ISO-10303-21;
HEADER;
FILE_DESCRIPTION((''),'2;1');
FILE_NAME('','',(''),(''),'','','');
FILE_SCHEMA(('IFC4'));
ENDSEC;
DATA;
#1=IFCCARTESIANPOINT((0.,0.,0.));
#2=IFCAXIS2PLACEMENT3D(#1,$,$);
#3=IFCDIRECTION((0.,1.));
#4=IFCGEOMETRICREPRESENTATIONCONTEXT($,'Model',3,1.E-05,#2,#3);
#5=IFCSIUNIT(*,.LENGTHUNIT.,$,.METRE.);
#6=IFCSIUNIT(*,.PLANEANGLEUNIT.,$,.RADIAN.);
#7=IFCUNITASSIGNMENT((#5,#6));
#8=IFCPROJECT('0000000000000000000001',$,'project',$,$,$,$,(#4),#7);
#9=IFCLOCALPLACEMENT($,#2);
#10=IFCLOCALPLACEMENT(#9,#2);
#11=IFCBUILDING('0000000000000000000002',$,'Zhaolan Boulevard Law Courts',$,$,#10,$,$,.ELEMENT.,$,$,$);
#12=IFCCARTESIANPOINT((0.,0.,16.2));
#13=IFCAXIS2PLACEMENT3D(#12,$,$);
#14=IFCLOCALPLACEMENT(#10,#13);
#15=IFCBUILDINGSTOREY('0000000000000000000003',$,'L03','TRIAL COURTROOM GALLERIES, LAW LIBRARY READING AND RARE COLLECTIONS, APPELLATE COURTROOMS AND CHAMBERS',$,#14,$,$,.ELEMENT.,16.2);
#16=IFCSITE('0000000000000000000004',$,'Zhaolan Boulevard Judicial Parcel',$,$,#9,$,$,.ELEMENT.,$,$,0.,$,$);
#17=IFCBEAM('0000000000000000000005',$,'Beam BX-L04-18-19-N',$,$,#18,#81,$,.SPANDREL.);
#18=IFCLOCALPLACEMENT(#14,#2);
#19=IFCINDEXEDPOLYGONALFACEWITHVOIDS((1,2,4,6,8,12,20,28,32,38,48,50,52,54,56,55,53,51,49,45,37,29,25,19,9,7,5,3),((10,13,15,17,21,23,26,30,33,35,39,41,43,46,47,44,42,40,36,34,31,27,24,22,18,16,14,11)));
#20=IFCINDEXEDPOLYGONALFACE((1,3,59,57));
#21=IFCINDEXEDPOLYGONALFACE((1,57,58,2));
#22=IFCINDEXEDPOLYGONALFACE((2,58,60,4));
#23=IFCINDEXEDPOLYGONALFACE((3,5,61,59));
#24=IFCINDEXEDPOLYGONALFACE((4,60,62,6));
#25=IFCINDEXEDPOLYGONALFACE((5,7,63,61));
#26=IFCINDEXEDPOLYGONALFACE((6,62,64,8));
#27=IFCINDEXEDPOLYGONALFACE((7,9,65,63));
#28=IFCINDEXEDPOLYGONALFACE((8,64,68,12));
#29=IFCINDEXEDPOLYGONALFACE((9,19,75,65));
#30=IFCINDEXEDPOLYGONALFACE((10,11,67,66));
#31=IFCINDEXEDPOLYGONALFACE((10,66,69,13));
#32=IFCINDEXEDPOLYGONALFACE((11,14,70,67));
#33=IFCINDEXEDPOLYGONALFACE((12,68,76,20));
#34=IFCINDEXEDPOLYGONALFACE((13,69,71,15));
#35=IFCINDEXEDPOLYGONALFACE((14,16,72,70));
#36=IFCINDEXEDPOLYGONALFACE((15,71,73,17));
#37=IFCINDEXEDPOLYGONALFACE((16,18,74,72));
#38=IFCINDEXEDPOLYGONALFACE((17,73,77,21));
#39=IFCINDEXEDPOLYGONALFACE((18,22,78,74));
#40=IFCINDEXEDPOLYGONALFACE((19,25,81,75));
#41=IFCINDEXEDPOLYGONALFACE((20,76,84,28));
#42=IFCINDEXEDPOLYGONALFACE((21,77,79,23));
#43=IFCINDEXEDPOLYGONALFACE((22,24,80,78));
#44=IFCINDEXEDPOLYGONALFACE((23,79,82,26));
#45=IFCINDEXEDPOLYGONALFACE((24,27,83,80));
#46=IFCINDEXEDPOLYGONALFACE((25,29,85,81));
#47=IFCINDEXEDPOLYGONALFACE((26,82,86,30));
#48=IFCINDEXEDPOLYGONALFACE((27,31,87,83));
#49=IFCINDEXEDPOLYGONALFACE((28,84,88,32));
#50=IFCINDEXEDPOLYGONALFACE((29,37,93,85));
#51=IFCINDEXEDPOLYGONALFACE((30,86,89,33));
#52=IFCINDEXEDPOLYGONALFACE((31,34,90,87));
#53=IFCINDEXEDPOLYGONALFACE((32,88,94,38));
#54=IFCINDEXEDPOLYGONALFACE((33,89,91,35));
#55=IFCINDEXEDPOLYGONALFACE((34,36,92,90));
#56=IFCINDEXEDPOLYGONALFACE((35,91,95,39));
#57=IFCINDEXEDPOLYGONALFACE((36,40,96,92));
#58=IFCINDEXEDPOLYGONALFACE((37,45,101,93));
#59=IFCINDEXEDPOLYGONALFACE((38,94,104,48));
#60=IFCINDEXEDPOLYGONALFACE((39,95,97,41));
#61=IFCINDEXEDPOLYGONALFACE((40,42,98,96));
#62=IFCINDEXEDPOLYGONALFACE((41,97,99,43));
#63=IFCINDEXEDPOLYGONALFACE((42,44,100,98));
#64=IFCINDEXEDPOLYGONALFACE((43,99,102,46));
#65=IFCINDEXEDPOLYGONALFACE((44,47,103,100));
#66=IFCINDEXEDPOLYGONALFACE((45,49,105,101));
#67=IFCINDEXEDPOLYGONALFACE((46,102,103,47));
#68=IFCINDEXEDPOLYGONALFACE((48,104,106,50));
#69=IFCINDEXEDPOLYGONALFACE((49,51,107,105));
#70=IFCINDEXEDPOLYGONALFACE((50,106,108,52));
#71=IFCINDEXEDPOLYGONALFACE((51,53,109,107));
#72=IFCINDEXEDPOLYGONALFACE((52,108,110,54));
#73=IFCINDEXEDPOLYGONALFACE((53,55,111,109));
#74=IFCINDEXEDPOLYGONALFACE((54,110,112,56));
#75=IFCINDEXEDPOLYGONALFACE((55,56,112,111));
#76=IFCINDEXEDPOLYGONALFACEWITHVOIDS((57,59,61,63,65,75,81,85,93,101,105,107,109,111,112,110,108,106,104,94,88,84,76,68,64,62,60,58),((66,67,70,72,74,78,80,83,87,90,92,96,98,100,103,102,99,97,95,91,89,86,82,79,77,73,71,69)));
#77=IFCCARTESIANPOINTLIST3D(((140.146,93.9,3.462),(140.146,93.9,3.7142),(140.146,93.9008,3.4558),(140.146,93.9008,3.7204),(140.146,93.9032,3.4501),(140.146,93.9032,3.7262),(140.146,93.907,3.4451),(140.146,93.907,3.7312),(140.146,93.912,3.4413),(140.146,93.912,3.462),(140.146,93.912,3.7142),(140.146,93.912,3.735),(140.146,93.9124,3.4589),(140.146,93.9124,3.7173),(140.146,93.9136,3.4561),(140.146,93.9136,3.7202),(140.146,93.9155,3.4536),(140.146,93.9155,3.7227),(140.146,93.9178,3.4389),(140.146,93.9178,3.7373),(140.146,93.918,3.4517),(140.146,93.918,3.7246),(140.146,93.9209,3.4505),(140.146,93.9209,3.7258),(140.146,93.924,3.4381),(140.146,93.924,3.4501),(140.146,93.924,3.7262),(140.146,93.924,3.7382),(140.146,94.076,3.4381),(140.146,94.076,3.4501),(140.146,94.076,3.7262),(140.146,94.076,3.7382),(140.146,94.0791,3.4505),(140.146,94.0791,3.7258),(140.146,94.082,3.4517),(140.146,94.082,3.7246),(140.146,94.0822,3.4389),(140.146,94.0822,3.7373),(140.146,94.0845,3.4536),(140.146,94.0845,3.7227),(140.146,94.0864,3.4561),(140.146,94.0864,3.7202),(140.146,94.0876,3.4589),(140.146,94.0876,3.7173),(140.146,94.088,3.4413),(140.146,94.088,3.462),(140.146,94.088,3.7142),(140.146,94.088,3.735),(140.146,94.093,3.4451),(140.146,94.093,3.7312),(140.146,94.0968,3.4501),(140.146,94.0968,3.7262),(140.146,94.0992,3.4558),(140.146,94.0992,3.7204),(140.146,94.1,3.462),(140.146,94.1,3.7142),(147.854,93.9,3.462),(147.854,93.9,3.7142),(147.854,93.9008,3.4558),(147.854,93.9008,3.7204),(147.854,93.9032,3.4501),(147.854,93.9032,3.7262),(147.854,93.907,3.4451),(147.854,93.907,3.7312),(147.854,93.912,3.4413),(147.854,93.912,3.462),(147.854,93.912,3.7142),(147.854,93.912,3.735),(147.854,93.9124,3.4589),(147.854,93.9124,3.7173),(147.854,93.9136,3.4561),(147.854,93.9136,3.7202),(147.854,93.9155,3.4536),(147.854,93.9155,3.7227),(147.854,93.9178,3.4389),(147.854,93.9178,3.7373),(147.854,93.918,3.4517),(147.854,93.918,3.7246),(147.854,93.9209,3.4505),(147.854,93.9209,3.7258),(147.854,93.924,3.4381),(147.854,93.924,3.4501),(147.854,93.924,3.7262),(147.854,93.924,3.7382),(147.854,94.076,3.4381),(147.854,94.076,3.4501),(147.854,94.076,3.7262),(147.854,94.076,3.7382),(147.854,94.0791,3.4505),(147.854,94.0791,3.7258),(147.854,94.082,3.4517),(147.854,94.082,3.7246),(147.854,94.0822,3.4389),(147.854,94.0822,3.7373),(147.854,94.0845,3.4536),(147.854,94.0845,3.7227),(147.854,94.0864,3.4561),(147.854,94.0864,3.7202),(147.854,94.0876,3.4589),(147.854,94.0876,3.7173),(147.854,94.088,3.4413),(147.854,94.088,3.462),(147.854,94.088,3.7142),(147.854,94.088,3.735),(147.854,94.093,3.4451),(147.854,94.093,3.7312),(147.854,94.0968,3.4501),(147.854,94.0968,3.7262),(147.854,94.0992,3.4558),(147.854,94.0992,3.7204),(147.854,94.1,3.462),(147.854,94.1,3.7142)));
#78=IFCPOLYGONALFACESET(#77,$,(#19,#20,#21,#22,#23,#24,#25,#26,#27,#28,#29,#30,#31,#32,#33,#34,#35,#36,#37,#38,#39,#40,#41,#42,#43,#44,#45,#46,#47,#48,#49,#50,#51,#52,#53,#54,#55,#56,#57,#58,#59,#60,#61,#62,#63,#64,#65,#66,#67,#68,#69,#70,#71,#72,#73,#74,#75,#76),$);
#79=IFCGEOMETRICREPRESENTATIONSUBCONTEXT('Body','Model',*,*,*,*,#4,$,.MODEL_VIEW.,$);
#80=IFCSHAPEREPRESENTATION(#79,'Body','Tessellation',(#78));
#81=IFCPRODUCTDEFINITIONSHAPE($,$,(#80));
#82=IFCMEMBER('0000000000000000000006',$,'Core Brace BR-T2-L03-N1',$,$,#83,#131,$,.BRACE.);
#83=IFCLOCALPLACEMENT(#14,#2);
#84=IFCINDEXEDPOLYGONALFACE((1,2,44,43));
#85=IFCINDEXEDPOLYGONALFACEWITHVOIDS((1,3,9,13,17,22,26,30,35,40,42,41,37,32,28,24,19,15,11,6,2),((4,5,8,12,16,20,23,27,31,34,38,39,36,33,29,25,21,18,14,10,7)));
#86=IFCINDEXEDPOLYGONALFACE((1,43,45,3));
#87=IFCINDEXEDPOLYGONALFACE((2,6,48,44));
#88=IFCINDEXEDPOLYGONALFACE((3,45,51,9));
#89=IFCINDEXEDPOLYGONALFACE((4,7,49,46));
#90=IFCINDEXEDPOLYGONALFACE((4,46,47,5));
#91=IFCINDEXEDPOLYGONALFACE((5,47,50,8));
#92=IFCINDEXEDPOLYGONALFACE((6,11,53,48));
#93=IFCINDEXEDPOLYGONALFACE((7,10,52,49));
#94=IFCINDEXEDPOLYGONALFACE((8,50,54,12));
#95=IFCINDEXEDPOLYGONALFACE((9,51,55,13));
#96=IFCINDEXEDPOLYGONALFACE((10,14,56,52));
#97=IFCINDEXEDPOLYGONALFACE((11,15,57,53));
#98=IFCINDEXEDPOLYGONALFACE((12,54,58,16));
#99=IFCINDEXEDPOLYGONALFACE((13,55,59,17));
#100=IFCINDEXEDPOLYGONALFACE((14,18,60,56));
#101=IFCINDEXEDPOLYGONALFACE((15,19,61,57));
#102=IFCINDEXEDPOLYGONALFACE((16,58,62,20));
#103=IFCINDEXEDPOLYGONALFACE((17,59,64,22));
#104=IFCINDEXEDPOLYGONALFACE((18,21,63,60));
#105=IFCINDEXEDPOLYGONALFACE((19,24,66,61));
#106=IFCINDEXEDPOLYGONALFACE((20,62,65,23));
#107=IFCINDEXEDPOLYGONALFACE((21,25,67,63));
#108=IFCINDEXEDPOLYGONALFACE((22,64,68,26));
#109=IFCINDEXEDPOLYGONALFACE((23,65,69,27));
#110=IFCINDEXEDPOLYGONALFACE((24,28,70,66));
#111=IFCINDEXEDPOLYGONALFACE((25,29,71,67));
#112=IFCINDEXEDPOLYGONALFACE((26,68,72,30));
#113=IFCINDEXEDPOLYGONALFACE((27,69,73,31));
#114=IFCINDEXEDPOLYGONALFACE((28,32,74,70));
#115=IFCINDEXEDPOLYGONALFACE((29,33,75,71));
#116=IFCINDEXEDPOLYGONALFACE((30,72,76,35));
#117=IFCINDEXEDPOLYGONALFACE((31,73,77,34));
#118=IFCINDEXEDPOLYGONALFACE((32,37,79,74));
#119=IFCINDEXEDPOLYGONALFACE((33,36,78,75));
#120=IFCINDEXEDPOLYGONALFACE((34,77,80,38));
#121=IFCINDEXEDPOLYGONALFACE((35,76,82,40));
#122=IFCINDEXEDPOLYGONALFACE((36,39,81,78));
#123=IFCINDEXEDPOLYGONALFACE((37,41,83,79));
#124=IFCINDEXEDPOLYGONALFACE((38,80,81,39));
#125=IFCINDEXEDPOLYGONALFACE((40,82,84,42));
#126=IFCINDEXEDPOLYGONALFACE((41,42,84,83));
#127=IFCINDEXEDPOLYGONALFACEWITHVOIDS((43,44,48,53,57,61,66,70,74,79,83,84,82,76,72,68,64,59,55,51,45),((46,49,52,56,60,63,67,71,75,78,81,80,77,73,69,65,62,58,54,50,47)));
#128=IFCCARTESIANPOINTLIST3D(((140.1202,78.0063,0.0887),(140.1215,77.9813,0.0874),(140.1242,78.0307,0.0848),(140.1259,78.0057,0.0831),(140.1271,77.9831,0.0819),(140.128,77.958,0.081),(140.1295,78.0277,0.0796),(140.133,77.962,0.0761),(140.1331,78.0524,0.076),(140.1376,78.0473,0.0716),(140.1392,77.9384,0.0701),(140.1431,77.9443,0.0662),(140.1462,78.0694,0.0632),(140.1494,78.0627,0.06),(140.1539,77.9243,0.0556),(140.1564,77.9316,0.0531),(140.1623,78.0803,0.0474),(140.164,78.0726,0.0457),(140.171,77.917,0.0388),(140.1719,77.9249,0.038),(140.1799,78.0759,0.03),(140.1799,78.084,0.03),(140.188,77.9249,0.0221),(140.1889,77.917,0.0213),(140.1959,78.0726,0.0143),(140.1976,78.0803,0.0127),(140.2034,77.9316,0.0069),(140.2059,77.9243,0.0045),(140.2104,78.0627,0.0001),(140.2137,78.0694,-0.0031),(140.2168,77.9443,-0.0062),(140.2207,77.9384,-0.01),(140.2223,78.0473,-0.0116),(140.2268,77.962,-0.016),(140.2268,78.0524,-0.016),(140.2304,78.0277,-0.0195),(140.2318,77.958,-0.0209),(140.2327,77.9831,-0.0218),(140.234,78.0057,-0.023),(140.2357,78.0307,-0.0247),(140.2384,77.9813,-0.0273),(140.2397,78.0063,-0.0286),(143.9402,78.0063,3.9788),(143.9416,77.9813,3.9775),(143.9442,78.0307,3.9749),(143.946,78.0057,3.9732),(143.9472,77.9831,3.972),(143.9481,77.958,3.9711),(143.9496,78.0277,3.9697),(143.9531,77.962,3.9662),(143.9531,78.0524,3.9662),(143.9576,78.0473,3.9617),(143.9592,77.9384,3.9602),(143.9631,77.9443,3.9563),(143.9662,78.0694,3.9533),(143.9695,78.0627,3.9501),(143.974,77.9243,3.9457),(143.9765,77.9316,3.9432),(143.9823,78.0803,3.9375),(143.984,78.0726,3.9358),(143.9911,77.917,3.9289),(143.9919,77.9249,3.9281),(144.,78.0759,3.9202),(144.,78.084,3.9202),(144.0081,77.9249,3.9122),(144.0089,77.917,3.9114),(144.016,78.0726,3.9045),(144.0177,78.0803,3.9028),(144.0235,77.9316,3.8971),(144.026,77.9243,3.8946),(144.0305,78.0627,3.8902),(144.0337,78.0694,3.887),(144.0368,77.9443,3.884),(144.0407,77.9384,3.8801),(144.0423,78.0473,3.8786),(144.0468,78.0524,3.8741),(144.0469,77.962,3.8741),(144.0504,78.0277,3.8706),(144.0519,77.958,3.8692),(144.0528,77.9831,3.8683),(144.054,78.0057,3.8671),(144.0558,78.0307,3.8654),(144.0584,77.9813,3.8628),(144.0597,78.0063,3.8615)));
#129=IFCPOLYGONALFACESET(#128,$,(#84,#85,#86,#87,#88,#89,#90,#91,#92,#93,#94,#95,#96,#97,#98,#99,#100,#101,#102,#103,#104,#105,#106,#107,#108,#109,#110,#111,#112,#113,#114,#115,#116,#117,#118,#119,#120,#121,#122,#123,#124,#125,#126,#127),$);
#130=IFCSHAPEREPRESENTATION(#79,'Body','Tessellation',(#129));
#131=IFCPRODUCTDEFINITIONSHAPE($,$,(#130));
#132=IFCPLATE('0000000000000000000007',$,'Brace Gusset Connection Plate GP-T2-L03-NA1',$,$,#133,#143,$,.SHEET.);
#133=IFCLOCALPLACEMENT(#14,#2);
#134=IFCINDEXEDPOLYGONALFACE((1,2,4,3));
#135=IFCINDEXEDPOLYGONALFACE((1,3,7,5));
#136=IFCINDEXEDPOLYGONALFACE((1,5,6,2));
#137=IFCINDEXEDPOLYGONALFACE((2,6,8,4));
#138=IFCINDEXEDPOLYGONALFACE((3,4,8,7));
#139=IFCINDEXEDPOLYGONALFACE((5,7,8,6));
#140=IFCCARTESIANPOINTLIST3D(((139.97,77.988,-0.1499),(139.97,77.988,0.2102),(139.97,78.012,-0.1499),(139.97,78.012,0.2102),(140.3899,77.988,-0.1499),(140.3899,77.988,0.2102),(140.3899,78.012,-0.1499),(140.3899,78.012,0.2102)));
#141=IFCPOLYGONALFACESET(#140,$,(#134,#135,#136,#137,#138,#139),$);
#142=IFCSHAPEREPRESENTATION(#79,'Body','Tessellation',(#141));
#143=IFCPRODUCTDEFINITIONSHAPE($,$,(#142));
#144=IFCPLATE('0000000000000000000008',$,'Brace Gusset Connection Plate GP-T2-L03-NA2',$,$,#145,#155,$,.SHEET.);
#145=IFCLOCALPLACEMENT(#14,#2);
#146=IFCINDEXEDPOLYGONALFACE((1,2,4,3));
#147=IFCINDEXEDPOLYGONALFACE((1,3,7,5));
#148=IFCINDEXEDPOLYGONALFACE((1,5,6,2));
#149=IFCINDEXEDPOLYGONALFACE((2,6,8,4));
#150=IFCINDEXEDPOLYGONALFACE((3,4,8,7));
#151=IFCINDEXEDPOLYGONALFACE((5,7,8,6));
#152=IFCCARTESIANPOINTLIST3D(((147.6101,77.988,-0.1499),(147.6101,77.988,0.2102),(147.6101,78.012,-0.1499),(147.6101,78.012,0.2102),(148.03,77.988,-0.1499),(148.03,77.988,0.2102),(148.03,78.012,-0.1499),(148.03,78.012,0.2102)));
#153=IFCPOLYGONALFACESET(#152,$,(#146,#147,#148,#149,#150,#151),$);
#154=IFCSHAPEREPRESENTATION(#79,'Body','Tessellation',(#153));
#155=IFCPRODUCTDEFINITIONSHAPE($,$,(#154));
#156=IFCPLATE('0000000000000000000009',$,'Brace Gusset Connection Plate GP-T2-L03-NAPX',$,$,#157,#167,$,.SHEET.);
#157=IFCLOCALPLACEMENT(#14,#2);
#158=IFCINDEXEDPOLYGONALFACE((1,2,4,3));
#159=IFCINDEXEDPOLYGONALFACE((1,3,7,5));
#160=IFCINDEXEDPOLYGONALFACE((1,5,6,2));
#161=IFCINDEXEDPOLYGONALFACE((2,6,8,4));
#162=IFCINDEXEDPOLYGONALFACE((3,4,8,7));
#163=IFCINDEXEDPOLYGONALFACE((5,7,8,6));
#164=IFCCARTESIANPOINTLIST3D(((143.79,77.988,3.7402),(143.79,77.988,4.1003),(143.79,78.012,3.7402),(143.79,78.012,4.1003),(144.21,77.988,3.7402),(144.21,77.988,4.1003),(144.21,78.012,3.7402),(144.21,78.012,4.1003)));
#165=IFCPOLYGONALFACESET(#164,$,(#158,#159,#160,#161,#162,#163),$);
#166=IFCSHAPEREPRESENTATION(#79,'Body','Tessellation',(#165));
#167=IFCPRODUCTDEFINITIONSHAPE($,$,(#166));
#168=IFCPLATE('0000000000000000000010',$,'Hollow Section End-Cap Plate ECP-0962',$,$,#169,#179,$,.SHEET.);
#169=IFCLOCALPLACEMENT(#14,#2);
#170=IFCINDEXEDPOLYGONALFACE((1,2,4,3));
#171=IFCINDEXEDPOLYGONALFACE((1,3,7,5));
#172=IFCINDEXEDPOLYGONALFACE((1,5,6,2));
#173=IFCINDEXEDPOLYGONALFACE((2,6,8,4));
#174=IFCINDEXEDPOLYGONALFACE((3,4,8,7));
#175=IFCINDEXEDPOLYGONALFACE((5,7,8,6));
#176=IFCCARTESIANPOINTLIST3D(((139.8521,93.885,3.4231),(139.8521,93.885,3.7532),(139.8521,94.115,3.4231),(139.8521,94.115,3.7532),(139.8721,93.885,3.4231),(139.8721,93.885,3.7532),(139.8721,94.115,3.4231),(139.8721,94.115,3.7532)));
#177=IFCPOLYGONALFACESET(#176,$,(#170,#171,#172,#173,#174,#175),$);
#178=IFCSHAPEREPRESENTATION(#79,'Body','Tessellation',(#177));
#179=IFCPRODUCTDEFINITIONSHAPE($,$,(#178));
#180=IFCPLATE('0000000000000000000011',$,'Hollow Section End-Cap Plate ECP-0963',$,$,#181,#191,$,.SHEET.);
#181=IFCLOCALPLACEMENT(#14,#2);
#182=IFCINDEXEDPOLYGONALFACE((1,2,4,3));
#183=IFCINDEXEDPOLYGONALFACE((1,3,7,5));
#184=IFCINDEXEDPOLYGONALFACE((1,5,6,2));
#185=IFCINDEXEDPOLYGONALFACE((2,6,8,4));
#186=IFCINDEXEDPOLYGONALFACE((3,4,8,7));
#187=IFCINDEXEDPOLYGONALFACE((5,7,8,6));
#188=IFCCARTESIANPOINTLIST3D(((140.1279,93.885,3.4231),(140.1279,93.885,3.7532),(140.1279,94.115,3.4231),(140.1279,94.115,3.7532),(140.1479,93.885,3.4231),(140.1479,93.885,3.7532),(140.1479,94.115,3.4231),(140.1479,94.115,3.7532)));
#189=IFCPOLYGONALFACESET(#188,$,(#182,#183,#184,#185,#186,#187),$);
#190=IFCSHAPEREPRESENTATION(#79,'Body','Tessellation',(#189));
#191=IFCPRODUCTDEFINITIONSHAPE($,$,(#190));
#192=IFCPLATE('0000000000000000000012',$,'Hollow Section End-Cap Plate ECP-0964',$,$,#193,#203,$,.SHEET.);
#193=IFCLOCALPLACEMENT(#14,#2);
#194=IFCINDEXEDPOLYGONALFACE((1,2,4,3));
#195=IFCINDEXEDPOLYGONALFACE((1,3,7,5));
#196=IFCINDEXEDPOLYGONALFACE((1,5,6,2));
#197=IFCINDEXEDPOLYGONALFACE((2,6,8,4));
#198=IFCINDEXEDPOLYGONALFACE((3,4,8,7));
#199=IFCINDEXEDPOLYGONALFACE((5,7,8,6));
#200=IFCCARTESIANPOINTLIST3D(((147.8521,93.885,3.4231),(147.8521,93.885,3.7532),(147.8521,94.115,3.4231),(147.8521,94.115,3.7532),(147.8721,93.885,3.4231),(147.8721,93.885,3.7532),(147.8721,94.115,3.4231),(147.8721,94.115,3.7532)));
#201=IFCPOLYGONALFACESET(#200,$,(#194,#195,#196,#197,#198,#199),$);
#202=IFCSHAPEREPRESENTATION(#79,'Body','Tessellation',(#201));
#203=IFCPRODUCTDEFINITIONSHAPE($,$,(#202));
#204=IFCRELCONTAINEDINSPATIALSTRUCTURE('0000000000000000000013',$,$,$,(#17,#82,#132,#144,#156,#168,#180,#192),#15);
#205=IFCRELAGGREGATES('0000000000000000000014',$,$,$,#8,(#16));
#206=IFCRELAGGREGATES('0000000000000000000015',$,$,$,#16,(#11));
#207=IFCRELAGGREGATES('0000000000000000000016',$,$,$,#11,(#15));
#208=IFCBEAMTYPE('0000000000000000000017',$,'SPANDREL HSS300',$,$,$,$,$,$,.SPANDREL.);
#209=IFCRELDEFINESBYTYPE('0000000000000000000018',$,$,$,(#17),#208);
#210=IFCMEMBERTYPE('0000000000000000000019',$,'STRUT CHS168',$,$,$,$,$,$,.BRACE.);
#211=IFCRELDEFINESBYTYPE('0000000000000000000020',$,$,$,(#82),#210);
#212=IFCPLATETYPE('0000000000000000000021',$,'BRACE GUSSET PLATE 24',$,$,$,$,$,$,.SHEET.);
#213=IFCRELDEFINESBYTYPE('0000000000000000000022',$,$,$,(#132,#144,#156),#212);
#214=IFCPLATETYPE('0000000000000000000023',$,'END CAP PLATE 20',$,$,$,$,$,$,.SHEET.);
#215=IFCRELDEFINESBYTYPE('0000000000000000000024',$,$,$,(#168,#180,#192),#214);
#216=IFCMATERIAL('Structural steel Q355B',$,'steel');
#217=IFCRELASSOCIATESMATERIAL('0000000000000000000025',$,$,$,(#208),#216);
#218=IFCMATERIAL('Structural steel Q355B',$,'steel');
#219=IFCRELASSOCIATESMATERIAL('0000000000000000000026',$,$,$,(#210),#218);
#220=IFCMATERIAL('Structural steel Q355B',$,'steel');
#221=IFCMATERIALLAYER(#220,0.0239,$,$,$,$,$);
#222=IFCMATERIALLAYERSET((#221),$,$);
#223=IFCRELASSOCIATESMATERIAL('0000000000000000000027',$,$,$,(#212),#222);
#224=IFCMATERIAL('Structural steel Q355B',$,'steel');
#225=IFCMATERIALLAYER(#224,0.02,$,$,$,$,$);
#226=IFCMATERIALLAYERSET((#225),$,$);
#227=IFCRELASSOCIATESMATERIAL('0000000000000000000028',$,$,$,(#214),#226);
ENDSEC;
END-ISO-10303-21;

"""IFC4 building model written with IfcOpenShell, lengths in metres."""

from ifc_helpers import new_model, si_unit, direction, frame, origin, origin_2d, place, context, subcontext, project, spatial, rectangle, hollow_rectangle, hollow_circle, extrude, material, layer, layer_set, material_profile, profile_set, type_object, element, save


model = new_model("IFC4")

# Units and contexts
model_context = context("Model", 3, precision=1e-05, world=origin(), true_north=direction((0.0, 1.0)))
body_context = subcontext(model_context, "Body", "Model", "MODEL_VIEW")
ifc_project = project(units=[si_unit("LENGTHUNIT", "METRE"), si_unit("PLANEANGLEUNIT", "RADIAN")], contexts=[model_context])

# Site, building, storey
site_placement = place(None, origin())
site = spatial("IfcSite", under=ifc_project, at=site_placement, Name="Zhaolan Boulevard Judicial Parcel", CompositionType="ELEMENT", RefElevation=0.0)
building_placement = place(site_placement, origin())
building = spatial("IfcBuilding", under=site, at=building_placement, Name="Zhaolan Boulevard Law Courts", CompositionType="ELEMENT")
storey_placement = place(building_placement, frame((0.0, 0.0, 16.2)))
storey = spatial("IfcBuildingStorey", under=building, at=storey_placement, Name="L03", Description="TRIAL COURTROOM GALLERIES, LAW LIBRARY READING AND RARE COLLECTIONS, APPELLATE COURTROOMS AND CHAMBERS", CompositionType="ELEMENT", Elevation=16.2)

# Beam
ifc_material_1 = material(Name="Structural steel Q355B", Category="steel")
ifc_material_profile_1 = material_profile(ifc_material_1, hollow_rectangle(XDim=0.2, YDim=0.3, WallThickness=0.012, InnerFilletRadius=0.012, OuterFilletRadius=0.0239, at=origin_2d()), Name="HSS300x200x12")
ifc_profile_set_1 = profile_set([ifc_material_profile_1], Name="Structural steel Q355B")
beam_type_1 = type_object("IfcBeamType", Name="SPANDREL HSS300", PredefinedType="SPANDREL", material=ifc_profile_set_1)
beam_1_placement = place(storey_placement, frame((140.146, 94.0, 3.5881), z_axis=(1.0, 0.0, 0.0), x_axis=(0.0, 1.0, 0.0)))
element("IfcBeam", 1, at=beam_1_placement, inside=storey, type_object=beam_type_1, Name="Beam BX-L04-18-19-N", PredefinedType="SPANDREL", context=body_context, shape_type="SweptSolid", body=[
    extrude(hollow_rectangle(XDim=0.2, YDim=0.3, WallThickness=0.012, InnerFilletRadius=0.012, OuterFilletRadius=0.0239, at=origin_2d()), origin(), (0.0, 0.0, 1.0), 7.708),
])

# Member
ifc_material_2 = material(Name="Structural steel Q355B", Category="steel")
ifc_material_profile_2 = material_profile(ifc_material_2, hollow_circle(Radius=0.084, WallThickness=0.0081, at=origin_2d()), Name="CHS168x8")
ifc_profile_set_2 = profile_set([ifc_material_profile_2], Name="Structural steel Q355B")
member_type_1 = type_object("IfcMemberType", Name="STRUT CHS168", PredefinedType="BRACE", material=ifc_profile_set_2)
member_1_placement = place(storey_placement, frame((140.1799, 78.0, 0.03), z_axis=(0.700652, 0.0, 0.713503), x_axis=(0.0, 1.0, 0.0)))
element("IfcMember", 2, at=member_1_placement, inside=storey, type_object=member_type_1, Name="Core Brace BR-T2-L03-N1", PredefinedType="BRACE", context=body_context, shape_type="SweptSolid", body=[
    extrude(hollow_circle(Radius=0.084, WallThickness=0.0081, at=origin_2d()), origin(), (0.0, 0.0, 1.0), 5.4521),
])

# Plates
ifc_material_3 = material(Name="Structural steel Q355B", Category="steel")
ifc_layer_1 = layer(ifc_material_3, 0.0239)
ifc_layer_set_1 = layer_set([ifc_layer_1])
plate_type_1 = type_object("IfcPlateType", Name="BRACE GUSSET PLATE 24", PredefinedType="SHEET", material=ifc_layer_set_1)
for number, where, z_axis, x_axis, name in (
    (3, (140.1799, 78.0, -0.1499), (0.0, 0.0, 1.0), (1.0, 0.0, 0.0), "Brace Gusset Connection Plate GP-T2-L03-NA1"),
    (4, (147.8201, 78.0, -0.1499), (0.0, 0.0, 1.0), (1.0, 0.0, 0.0), "Brace Gusset Connection Plate GP-T2-L03-NA2"),
    (5, (144.0, 78.0, 3.7402), (0.0, 0.0, 1.0), (1.0, 0.0, 0.0), "Brace Gusset Connection Plate GP-T2-L03-NAPX"),
):
    element("IfcPlate", number, at=place(storey_placement, frame(where, z_axis=z_axis, x_axis=x_axis)), inside=storey, type_object=plate_type_1, Name=name, PredefinedType="SHEET", context=body_context, shape_type="SweptSolid", body=[
        extrude(rectangle(XDim=0.4199, YDim=0.0239, at=origin_2d()), origin(), (0.0, 0.0, 1.0), 0.3601),
    ])
ifc_material_4 = material(Name="Structural steel Q355B", Category="steel")
ifc_layer_2 = layer(ifc_material_4, 0.02)
ifc_layer_set_2 = layer_set([ifc_layer_2])
plate_type_2 = type_object("IfcPlateType", Name="END CAP PLATE 20", PredefinedType="SHEET", material=ifc_layer_set_2)
for number, where, z_axis, x_axis, name in (
    (6, (139.8621, 94.0, 3.4231), (0.0, 0.0, 1.0), (1.0, 0.0, 0.0), "Hollow Section End-Cap Plate ECP-0962"),
    (7, (140.1379, 94.0, 3.4231), (0.0, 0.0, 1.0), (1.0, 0.0, 0.0), "Hollow Section End-Cap Plate ECP-0963"),
    (8, (147.8621, 94.0, 3.4231), (0.0, 0.0, 1.0), (1.0, 0.0, 0.0), "Hollow Section End-Cap Plate ECP-0964"),
):
    element("IfcPlate", number, at=place(storey_placement, frame(where, z_axis=z_axis, x_axis=x_axis)), inside=storey, type_object=plate_type_2, Name=name, PredefinedType="SHEET", context=body_context, shape_type="SweptSolid", body=[
        extrude(rectangle(XDim=0.02, YDim=0.23, at=origin_2d()), origin(), (0.0, 0.0, 1.0), 0.3301),
    ])

save(model, "model.ifc")
